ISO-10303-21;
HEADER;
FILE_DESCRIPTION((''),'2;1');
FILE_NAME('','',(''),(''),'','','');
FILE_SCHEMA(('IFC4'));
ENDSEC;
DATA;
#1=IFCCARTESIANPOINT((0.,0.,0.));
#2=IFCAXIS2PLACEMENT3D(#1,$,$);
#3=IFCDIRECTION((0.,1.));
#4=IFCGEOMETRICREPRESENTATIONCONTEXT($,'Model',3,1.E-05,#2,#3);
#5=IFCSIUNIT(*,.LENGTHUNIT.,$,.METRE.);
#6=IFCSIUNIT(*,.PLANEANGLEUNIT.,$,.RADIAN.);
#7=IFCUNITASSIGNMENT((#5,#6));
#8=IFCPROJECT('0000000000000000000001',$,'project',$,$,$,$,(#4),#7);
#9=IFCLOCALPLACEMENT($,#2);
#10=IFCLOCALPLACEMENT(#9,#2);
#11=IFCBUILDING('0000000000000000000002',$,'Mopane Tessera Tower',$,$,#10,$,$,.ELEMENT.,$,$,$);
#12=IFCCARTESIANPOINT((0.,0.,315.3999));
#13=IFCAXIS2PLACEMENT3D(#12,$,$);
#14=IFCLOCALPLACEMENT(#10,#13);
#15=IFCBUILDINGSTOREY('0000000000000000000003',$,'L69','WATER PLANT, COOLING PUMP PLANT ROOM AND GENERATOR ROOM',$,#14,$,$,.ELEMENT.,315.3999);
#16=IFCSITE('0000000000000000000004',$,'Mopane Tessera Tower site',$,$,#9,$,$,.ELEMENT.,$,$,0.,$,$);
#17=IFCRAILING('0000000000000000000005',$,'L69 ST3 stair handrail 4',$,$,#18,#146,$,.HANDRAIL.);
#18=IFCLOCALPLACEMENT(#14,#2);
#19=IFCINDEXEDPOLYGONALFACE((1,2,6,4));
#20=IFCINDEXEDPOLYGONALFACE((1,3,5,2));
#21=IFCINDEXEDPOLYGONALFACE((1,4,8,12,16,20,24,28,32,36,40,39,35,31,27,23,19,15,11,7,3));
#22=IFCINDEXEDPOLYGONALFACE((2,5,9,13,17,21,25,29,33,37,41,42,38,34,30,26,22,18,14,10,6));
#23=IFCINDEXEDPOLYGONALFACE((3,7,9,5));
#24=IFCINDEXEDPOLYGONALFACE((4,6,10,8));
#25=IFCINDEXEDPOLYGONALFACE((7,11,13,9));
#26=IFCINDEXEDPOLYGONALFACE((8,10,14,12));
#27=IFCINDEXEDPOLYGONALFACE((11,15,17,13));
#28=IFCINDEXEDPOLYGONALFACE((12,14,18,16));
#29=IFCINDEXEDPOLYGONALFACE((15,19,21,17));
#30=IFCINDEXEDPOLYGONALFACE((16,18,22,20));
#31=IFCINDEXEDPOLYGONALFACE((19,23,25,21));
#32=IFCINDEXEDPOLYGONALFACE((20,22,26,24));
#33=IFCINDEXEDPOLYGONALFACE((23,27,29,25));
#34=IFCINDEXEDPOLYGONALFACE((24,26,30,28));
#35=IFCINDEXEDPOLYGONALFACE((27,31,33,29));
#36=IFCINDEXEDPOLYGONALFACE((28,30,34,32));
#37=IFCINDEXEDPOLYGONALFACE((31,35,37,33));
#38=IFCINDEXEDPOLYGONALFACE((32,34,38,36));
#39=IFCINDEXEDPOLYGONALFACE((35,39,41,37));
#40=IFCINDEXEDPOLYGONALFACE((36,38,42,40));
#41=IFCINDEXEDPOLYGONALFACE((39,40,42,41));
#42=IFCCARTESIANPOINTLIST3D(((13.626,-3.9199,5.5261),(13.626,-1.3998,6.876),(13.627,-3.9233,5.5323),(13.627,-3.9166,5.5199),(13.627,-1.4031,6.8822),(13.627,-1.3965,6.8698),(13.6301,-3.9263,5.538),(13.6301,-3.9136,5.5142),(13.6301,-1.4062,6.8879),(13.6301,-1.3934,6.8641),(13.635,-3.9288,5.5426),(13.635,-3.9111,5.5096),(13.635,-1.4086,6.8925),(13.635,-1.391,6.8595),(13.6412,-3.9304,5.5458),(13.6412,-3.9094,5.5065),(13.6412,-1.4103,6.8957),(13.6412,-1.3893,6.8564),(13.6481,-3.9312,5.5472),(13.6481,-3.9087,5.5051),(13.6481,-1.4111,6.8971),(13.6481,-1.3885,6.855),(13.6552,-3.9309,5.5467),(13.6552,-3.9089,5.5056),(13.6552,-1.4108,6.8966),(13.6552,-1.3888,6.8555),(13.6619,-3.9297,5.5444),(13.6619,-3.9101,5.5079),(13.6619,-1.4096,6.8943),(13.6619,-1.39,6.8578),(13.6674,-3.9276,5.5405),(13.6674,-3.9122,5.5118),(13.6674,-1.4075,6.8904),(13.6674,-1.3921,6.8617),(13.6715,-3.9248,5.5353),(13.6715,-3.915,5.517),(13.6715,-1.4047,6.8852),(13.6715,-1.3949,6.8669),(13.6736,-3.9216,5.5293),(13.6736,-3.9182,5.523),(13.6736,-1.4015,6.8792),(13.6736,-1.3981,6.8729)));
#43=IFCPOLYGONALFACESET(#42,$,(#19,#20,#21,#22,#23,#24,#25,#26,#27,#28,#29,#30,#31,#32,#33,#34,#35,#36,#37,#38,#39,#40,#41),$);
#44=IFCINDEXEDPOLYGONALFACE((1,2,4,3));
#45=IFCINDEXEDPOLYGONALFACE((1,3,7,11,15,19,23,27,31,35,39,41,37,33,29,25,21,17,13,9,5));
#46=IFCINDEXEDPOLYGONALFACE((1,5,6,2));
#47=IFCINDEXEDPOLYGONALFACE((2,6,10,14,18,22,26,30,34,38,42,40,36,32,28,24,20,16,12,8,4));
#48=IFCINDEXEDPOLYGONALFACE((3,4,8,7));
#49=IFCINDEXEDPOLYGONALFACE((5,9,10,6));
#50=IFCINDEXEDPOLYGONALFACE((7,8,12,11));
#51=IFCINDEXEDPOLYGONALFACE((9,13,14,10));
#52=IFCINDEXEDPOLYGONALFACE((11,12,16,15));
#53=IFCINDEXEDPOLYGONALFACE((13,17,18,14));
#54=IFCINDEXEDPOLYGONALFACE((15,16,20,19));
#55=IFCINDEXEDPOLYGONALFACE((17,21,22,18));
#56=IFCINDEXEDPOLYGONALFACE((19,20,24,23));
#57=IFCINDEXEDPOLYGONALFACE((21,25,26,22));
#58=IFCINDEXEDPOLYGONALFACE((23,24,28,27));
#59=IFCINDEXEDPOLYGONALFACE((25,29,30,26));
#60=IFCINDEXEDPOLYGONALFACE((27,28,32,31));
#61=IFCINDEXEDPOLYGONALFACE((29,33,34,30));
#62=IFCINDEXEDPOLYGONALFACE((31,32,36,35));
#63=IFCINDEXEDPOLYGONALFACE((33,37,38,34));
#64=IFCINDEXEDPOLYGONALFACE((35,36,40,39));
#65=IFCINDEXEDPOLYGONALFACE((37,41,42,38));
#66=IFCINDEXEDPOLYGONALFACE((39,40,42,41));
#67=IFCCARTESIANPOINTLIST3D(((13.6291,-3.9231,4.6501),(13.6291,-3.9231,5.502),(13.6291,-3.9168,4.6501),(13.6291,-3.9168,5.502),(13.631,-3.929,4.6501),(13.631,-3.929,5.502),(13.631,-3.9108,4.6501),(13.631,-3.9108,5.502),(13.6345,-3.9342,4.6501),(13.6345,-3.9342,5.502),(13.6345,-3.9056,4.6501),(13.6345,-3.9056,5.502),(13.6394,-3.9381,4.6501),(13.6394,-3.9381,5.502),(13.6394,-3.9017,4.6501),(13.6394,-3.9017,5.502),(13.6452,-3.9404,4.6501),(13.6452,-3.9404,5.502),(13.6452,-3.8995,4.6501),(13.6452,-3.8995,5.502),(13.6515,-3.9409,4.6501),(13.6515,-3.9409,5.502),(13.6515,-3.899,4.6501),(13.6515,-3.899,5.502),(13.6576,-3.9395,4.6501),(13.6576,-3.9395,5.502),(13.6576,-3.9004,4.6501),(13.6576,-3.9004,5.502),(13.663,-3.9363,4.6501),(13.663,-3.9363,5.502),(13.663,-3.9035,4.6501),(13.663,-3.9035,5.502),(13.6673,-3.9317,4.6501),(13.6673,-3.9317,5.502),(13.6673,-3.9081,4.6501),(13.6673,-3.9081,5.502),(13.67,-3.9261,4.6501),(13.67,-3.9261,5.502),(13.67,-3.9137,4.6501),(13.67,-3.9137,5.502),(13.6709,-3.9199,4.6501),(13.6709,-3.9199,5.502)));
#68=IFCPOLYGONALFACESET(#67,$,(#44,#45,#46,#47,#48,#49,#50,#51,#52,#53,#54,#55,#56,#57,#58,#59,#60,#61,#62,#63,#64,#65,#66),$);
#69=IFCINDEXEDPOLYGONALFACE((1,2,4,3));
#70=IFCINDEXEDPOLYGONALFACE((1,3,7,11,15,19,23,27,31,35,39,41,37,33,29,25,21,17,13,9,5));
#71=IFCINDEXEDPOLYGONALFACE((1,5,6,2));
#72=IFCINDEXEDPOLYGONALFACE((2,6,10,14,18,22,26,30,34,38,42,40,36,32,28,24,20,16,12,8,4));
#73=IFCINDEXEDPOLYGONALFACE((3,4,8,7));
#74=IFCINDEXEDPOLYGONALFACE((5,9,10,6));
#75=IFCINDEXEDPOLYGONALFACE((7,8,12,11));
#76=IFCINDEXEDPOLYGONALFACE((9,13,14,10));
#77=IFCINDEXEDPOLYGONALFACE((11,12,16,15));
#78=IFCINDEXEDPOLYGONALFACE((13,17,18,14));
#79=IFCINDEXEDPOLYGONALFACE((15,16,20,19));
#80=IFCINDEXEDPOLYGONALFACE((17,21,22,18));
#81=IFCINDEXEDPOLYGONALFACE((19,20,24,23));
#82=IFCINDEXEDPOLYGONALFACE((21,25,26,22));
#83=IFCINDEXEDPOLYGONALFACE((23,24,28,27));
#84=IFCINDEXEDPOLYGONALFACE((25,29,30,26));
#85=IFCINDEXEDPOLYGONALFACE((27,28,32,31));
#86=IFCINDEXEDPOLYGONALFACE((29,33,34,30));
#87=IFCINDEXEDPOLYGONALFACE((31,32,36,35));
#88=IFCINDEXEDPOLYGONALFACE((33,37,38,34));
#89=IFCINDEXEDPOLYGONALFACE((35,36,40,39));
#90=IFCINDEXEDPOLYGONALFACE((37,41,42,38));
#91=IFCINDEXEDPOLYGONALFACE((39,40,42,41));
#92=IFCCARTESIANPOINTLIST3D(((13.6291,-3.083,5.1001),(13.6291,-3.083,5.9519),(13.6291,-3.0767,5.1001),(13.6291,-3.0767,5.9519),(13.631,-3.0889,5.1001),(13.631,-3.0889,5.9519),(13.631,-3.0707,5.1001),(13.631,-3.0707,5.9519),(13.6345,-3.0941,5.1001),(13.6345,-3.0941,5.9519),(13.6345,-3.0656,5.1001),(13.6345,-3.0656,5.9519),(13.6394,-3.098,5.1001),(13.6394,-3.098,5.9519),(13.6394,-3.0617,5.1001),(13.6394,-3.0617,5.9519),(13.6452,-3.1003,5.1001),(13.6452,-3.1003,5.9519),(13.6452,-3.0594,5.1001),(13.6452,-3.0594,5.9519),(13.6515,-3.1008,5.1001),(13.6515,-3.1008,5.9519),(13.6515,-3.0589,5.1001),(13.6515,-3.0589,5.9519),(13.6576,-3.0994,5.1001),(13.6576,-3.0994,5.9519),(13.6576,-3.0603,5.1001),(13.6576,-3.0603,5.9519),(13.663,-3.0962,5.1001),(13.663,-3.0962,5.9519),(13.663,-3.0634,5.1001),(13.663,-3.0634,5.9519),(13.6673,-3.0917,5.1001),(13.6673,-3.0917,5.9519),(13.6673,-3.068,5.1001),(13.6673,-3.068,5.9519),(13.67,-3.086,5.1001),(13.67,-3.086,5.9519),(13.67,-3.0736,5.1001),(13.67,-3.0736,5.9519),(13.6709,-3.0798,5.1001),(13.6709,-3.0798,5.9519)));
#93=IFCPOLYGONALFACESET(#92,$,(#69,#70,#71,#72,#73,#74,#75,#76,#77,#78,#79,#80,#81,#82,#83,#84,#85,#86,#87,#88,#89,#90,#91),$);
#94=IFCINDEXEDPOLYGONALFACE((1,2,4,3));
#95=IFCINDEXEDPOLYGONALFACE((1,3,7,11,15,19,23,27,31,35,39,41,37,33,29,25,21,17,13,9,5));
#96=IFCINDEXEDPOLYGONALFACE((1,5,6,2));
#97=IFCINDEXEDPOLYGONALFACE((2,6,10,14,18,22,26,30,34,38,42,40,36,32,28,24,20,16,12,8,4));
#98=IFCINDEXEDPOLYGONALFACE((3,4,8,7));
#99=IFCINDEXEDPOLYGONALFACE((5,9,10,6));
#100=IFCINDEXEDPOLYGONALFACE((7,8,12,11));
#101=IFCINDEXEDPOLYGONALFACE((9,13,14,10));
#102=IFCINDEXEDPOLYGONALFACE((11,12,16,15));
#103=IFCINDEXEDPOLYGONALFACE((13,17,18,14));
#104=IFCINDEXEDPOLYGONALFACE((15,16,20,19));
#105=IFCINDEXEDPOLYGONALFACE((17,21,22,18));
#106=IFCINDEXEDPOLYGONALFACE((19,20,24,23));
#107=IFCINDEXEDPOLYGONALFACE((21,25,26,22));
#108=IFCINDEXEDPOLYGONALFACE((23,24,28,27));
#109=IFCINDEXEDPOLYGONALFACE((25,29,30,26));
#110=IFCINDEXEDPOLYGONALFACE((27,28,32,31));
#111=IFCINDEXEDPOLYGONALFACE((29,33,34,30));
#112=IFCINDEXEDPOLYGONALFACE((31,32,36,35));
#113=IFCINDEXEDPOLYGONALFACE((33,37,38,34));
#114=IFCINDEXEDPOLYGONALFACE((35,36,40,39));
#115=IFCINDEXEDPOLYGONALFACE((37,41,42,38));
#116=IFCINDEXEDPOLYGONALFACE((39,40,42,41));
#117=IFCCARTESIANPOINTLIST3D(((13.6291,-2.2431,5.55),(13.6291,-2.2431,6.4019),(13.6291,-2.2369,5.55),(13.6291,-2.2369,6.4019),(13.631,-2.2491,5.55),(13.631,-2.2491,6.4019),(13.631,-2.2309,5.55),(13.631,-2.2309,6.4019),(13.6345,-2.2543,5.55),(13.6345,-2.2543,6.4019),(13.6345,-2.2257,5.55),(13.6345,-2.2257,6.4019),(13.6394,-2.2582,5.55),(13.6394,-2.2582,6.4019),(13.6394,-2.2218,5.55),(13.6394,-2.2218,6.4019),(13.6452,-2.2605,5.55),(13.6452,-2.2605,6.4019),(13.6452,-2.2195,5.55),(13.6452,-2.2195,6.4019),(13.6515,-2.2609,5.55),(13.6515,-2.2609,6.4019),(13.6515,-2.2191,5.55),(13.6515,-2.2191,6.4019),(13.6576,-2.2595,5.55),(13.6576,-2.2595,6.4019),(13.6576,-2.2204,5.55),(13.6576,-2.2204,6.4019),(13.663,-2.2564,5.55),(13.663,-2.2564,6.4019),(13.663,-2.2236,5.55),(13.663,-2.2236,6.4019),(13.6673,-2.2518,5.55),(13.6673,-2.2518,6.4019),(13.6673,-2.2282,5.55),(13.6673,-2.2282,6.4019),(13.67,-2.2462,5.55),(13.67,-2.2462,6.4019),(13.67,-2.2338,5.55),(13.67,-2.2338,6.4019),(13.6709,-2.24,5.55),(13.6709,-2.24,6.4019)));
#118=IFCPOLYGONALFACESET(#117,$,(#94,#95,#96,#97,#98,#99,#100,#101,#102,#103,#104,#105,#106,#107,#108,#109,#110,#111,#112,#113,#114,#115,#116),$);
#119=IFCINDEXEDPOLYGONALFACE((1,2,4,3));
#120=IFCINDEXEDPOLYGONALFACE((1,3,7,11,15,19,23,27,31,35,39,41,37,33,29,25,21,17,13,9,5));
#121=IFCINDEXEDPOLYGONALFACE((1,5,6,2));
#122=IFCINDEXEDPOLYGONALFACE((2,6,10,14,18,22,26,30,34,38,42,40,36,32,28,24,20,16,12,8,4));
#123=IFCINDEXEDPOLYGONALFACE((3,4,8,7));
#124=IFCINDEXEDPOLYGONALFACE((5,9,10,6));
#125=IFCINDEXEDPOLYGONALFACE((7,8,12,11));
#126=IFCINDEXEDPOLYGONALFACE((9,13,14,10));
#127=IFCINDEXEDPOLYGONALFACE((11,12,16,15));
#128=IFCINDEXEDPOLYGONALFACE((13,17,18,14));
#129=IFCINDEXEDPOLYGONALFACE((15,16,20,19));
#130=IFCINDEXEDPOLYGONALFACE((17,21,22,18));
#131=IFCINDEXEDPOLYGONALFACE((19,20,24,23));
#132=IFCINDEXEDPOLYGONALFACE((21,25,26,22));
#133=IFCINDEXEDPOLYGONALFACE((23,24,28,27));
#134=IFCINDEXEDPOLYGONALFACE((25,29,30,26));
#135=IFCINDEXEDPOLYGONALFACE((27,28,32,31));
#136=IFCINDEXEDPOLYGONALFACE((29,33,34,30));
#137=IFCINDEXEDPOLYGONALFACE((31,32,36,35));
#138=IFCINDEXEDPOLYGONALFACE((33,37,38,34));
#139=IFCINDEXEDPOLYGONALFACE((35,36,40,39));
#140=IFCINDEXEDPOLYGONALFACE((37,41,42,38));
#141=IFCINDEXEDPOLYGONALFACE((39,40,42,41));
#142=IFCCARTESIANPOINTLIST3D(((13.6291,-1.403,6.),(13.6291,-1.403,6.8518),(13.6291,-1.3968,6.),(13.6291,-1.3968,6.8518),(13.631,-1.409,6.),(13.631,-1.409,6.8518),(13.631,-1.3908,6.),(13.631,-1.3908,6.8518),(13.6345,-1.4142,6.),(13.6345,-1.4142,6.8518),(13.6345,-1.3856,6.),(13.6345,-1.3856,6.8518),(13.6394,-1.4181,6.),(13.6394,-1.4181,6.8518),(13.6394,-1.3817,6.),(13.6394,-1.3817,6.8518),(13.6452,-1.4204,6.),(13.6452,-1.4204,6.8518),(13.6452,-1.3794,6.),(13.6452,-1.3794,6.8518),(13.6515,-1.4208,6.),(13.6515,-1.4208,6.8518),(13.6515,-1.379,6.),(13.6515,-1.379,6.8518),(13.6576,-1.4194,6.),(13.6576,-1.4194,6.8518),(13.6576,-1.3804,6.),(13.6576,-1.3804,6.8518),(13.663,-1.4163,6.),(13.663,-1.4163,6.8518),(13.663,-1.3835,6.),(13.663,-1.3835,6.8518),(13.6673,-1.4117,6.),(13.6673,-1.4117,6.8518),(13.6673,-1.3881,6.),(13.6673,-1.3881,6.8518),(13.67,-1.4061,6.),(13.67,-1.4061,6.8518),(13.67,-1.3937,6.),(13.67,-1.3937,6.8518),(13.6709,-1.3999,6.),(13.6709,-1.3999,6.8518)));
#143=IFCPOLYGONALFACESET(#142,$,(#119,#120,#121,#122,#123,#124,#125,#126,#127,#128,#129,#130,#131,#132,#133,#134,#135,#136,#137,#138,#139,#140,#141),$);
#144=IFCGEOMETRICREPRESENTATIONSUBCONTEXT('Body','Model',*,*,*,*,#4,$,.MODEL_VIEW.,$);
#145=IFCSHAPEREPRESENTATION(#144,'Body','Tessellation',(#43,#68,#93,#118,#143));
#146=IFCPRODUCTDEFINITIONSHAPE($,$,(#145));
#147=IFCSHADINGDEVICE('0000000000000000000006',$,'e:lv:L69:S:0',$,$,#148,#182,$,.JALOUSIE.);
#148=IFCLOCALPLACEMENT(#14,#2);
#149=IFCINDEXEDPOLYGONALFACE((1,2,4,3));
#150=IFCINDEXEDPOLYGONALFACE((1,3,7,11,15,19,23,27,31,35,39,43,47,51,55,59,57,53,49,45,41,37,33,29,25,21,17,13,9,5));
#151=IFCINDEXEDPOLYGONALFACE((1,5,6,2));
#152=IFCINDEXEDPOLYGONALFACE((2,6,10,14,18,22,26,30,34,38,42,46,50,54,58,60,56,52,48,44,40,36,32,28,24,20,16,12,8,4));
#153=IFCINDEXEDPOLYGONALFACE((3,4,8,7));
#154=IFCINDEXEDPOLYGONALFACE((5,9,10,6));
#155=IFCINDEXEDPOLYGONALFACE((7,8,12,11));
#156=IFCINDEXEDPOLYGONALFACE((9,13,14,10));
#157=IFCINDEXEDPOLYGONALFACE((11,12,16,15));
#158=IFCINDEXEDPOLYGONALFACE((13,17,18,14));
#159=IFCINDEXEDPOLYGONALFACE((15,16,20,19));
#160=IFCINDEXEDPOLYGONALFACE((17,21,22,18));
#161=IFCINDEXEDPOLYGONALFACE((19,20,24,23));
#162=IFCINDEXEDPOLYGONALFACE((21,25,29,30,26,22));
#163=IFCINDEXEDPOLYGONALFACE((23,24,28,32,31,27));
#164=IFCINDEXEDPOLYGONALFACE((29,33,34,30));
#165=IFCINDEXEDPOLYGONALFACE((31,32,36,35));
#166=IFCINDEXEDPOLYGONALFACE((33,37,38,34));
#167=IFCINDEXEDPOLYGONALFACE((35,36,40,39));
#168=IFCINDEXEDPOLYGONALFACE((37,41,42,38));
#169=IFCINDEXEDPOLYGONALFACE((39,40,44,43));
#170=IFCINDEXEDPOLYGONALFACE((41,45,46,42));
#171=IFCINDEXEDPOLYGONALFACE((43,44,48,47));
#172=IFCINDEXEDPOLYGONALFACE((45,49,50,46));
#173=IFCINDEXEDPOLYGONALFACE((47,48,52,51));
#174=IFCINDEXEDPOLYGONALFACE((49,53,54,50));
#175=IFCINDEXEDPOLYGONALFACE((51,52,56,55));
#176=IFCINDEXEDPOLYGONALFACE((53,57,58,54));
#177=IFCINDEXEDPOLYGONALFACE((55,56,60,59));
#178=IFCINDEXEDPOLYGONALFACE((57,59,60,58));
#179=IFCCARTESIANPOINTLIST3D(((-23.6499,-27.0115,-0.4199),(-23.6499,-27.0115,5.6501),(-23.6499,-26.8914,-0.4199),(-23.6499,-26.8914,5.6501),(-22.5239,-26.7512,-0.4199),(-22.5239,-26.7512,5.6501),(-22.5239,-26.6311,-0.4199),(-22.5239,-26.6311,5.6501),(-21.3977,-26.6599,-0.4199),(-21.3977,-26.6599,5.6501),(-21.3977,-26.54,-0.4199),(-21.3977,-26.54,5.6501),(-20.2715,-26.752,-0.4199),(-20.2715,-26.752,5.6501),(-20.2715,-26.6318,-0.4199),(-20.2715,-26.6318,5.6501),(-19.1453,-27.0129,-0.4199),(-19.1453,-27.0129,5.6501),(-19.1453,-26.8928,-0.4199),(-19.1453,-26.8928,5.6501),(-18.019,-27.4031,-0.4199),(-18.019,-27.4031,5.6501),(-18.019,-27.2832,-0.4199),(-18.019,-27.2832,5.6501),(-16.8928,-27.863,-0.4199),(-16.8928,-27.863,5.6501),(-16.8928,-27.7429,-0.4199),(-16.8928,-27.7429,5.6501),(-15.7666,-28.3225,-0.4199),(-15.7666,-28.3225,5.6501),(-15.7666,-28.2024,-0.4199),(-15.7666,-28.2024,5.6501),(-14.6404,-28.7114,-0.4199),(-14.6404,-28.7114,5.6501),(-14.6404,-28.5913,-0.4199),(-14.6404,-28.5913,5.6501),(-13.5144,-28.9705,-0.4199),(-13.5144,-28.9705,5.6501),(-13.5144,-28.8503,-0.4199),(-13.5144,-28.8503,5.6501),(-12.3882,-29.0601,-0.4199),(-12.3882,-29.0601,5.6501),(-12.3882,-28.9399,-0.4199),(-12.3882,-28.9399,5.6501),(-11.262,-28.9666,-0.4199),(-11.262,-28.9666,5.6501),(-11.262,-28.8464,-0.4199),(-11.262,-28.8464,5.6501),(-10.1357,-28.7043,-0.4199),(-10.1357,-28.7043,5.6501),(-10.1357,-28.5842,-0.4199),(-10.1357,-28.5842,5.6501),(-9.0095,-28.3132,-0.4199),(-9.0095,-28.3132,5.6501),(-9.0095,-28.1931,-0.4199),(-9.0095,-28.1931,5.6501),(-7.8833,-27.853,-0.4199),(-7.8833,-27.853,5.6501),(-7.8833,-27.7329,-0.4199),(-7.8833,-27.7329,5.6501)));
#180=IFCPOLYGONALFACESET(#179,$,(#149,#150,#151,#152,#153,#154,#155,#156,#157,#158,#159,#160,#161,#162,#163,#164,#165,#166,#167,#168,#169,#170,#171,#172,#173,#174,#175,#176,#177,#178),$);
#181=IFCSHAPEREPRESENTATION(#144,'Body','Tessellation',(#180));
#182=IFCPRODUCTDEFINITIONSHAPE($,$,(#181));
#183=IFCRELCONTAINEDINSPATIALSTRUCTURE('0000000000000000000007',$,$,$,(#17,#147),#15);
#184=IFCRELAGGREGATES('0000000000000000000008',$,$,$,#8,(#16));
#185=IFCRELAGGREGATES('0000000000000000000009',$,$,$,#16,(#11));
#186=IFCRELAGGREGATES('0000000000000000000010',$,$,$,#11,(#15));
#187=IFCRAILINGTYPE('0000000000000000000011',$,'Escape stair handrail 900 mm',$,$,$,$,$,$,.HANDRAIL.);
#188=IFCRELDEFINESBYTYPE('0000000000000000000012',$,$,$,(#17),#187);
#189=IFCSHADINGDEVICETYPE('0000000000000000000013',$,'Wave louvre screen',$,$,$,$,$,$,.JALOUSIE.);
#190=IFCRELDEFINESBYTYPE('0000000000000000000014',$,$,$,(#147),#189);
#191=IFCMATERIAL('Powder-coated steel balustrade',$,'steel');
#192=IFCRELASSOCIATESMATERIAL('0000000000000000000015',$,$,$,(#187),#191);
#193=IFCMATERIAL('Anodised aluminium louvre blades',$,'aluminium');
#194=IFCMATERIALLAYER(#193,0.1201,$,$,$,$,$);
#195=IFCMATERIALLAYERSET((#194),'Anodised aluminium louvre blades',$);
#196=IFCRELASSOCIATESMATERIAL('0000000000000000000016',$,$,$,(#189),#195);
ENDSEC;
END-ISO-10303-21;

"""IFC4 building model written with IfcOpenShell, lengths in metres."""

from ifc_helpers import new_model, si_unit, direction, frame, origin, origin_2d, place, context, subcontext, project, spatial, polyline, circle, outline, extrude, material, layer, layer_set, type_object, element, save


model = new_model("IFC4")

# Units and contexts
model_context = context("Model", 3, precision=1e-05, world=origin(), true_north=direction((0.0, 1.0)))
body_context = subcontext(model_context, "Body", "Model", "MODEL_VIEW")
ifc_project = project(units=[si_unit("LENGTHUNIT", "METRE"), si_unit("PLANEANGLEUNIT", "RADIAN")], contexts=[model_context])

# Site, building, storey
site_placement = place(None, origin())
site = spatial("IfcSite", under=ifc_project, at=site_placement, Name="Mopane Tessera Tower site", CompositionType="ELEMENT", RefElevation=0.0)
building_placement = place(site_placement, origin())
building = spatial("IfcBuilding", under=site, at=building_placement, Name="Mopane Tessera Tower", CompositionType="ELEMENT")
storey_placement = place(building_placement, frame((0.0, 0.0, 315.3999)))
storey = spatial("IfcBuildingStorey", under=building, at=storey_placement, Name="L69", Description="WATER PLANT, COOLING PUMP PLANT ROOM AND GENERATOR ROOM", CompositionType="ELEMENT", Elevation=315.3999)

# Railing
ifc_material_1 = material(Name="Powder-coated steel balustrade", Category="steel")
railing_type_1 = type_object("IfcRailingType", Name="Escape stair handrail 900 mm", PredefinedType="HANDRAIL", material=ifc_material_1)
railing_1_placement = place(storey_placement, frame((13.6499, -3.9199, 4.6501)))
element("IfcRailing", 1, at=railing_1_placement, inside=storey, type_object=railing_type_1, Name="L69 ST3 stair handrail 4", PredefinedType="HANDRAIL", context=body_context, shape_type="SweptSolid", body=[
    extrude(circle(Radius=0.0239, at=origin_2d()), frame((0.0, 0.0, 0.876), z_axis=(0.0, 0.881503, 0.472179), x_axis=(-1.0, 0.0, 0.0)), (0.0, 0.0, 1.0), 2.8589),
    extrude(circle(Radius=0.021, at=origin_2d()), origin(), (0.0, 0.0, 1.0), 0.8518),
    extrude(circle(Radius=0.021, at=origin_2d()), frame((0.0, 0.8401, 0.45)), (0.0, 0.0, 1.0), 0.8518),
    extrude(circle(Radius=0.021, at=origin_2d()), frame((0.0, 1.6799, 0.8999)), (0.0, 0.0, 1.0), 0.8518),
    extrude(circle(Radius=0.021, at=origin_2d()), frame((0.0, 2.52, 1.3499)), (0.0, 0.0, 1.0), 0.8518),
])

# Shading device
ifc_material_2 = material(Name="Anodised aluminium louvre blades", Category="aluminium")
ifc_layer_1 = layer(ifc_material_2, 0.1201)
ifc_layer_set_1 = layer_set([ifc_layer_1], Name="Anodised aluminium louvre blades")
shading_device_type = type_object("IfcShadingDeviceType", Name="Wave louvre screen", PredefinedType="JALOUSIE", material=ifc_layer_set_1)
shading_device_1_placement = place(storey_placement, frame((0.0, 0.0, -0.4199)))
element("IfcShadingDevice", 2, at=shading_device_1_placement, inside=storey, type_object=shading_device_type, Name="e:lv:L69:S:0", PredefinedType="JALOUSIE", context=body_context, shape_type="SweptSolid", body=[
    extrude(outline(polyline([(-23.6499, -26.8914), (-22.5239, -26.6311), (-21.3977, -26.54), (-20.2715, -26.6318), (-19.1453, -26.8928), (-18.019, -27.2832), (-16.8928, -27.7429), (-15.7666, -28.2024), (-14.6404, -28.5913), (-13.5144, -28.8503), (-12.3882, -28.9399), (-11.262, -28.8464), (-10.1357, -28.5842), (-9.0095, -28.1931), (-7.8833, -27.7329), (-7.8833, -27.853), (-9.0095, -28.3132), (-10.1357, -28.7043), (-11.262, -28.9666), (-12.3882, -29.0601), (-13.5144, -28.9705), (-14.6404, -28.7114), (-15.7666, -28.3225), (-16.8928, -27.863), (-18.019, -27.4031), (-19.1453, -27.0129), (-20.2715, -26.752), (-21.3977, -26.6599), (-22.5239, -26.7512), (-23.6499, -27.0115), (-23.6499, -26.8914)])), origin(), (0.0, 0.0, 1.0), 6.0701),
])

save(model, "model.ifc")
